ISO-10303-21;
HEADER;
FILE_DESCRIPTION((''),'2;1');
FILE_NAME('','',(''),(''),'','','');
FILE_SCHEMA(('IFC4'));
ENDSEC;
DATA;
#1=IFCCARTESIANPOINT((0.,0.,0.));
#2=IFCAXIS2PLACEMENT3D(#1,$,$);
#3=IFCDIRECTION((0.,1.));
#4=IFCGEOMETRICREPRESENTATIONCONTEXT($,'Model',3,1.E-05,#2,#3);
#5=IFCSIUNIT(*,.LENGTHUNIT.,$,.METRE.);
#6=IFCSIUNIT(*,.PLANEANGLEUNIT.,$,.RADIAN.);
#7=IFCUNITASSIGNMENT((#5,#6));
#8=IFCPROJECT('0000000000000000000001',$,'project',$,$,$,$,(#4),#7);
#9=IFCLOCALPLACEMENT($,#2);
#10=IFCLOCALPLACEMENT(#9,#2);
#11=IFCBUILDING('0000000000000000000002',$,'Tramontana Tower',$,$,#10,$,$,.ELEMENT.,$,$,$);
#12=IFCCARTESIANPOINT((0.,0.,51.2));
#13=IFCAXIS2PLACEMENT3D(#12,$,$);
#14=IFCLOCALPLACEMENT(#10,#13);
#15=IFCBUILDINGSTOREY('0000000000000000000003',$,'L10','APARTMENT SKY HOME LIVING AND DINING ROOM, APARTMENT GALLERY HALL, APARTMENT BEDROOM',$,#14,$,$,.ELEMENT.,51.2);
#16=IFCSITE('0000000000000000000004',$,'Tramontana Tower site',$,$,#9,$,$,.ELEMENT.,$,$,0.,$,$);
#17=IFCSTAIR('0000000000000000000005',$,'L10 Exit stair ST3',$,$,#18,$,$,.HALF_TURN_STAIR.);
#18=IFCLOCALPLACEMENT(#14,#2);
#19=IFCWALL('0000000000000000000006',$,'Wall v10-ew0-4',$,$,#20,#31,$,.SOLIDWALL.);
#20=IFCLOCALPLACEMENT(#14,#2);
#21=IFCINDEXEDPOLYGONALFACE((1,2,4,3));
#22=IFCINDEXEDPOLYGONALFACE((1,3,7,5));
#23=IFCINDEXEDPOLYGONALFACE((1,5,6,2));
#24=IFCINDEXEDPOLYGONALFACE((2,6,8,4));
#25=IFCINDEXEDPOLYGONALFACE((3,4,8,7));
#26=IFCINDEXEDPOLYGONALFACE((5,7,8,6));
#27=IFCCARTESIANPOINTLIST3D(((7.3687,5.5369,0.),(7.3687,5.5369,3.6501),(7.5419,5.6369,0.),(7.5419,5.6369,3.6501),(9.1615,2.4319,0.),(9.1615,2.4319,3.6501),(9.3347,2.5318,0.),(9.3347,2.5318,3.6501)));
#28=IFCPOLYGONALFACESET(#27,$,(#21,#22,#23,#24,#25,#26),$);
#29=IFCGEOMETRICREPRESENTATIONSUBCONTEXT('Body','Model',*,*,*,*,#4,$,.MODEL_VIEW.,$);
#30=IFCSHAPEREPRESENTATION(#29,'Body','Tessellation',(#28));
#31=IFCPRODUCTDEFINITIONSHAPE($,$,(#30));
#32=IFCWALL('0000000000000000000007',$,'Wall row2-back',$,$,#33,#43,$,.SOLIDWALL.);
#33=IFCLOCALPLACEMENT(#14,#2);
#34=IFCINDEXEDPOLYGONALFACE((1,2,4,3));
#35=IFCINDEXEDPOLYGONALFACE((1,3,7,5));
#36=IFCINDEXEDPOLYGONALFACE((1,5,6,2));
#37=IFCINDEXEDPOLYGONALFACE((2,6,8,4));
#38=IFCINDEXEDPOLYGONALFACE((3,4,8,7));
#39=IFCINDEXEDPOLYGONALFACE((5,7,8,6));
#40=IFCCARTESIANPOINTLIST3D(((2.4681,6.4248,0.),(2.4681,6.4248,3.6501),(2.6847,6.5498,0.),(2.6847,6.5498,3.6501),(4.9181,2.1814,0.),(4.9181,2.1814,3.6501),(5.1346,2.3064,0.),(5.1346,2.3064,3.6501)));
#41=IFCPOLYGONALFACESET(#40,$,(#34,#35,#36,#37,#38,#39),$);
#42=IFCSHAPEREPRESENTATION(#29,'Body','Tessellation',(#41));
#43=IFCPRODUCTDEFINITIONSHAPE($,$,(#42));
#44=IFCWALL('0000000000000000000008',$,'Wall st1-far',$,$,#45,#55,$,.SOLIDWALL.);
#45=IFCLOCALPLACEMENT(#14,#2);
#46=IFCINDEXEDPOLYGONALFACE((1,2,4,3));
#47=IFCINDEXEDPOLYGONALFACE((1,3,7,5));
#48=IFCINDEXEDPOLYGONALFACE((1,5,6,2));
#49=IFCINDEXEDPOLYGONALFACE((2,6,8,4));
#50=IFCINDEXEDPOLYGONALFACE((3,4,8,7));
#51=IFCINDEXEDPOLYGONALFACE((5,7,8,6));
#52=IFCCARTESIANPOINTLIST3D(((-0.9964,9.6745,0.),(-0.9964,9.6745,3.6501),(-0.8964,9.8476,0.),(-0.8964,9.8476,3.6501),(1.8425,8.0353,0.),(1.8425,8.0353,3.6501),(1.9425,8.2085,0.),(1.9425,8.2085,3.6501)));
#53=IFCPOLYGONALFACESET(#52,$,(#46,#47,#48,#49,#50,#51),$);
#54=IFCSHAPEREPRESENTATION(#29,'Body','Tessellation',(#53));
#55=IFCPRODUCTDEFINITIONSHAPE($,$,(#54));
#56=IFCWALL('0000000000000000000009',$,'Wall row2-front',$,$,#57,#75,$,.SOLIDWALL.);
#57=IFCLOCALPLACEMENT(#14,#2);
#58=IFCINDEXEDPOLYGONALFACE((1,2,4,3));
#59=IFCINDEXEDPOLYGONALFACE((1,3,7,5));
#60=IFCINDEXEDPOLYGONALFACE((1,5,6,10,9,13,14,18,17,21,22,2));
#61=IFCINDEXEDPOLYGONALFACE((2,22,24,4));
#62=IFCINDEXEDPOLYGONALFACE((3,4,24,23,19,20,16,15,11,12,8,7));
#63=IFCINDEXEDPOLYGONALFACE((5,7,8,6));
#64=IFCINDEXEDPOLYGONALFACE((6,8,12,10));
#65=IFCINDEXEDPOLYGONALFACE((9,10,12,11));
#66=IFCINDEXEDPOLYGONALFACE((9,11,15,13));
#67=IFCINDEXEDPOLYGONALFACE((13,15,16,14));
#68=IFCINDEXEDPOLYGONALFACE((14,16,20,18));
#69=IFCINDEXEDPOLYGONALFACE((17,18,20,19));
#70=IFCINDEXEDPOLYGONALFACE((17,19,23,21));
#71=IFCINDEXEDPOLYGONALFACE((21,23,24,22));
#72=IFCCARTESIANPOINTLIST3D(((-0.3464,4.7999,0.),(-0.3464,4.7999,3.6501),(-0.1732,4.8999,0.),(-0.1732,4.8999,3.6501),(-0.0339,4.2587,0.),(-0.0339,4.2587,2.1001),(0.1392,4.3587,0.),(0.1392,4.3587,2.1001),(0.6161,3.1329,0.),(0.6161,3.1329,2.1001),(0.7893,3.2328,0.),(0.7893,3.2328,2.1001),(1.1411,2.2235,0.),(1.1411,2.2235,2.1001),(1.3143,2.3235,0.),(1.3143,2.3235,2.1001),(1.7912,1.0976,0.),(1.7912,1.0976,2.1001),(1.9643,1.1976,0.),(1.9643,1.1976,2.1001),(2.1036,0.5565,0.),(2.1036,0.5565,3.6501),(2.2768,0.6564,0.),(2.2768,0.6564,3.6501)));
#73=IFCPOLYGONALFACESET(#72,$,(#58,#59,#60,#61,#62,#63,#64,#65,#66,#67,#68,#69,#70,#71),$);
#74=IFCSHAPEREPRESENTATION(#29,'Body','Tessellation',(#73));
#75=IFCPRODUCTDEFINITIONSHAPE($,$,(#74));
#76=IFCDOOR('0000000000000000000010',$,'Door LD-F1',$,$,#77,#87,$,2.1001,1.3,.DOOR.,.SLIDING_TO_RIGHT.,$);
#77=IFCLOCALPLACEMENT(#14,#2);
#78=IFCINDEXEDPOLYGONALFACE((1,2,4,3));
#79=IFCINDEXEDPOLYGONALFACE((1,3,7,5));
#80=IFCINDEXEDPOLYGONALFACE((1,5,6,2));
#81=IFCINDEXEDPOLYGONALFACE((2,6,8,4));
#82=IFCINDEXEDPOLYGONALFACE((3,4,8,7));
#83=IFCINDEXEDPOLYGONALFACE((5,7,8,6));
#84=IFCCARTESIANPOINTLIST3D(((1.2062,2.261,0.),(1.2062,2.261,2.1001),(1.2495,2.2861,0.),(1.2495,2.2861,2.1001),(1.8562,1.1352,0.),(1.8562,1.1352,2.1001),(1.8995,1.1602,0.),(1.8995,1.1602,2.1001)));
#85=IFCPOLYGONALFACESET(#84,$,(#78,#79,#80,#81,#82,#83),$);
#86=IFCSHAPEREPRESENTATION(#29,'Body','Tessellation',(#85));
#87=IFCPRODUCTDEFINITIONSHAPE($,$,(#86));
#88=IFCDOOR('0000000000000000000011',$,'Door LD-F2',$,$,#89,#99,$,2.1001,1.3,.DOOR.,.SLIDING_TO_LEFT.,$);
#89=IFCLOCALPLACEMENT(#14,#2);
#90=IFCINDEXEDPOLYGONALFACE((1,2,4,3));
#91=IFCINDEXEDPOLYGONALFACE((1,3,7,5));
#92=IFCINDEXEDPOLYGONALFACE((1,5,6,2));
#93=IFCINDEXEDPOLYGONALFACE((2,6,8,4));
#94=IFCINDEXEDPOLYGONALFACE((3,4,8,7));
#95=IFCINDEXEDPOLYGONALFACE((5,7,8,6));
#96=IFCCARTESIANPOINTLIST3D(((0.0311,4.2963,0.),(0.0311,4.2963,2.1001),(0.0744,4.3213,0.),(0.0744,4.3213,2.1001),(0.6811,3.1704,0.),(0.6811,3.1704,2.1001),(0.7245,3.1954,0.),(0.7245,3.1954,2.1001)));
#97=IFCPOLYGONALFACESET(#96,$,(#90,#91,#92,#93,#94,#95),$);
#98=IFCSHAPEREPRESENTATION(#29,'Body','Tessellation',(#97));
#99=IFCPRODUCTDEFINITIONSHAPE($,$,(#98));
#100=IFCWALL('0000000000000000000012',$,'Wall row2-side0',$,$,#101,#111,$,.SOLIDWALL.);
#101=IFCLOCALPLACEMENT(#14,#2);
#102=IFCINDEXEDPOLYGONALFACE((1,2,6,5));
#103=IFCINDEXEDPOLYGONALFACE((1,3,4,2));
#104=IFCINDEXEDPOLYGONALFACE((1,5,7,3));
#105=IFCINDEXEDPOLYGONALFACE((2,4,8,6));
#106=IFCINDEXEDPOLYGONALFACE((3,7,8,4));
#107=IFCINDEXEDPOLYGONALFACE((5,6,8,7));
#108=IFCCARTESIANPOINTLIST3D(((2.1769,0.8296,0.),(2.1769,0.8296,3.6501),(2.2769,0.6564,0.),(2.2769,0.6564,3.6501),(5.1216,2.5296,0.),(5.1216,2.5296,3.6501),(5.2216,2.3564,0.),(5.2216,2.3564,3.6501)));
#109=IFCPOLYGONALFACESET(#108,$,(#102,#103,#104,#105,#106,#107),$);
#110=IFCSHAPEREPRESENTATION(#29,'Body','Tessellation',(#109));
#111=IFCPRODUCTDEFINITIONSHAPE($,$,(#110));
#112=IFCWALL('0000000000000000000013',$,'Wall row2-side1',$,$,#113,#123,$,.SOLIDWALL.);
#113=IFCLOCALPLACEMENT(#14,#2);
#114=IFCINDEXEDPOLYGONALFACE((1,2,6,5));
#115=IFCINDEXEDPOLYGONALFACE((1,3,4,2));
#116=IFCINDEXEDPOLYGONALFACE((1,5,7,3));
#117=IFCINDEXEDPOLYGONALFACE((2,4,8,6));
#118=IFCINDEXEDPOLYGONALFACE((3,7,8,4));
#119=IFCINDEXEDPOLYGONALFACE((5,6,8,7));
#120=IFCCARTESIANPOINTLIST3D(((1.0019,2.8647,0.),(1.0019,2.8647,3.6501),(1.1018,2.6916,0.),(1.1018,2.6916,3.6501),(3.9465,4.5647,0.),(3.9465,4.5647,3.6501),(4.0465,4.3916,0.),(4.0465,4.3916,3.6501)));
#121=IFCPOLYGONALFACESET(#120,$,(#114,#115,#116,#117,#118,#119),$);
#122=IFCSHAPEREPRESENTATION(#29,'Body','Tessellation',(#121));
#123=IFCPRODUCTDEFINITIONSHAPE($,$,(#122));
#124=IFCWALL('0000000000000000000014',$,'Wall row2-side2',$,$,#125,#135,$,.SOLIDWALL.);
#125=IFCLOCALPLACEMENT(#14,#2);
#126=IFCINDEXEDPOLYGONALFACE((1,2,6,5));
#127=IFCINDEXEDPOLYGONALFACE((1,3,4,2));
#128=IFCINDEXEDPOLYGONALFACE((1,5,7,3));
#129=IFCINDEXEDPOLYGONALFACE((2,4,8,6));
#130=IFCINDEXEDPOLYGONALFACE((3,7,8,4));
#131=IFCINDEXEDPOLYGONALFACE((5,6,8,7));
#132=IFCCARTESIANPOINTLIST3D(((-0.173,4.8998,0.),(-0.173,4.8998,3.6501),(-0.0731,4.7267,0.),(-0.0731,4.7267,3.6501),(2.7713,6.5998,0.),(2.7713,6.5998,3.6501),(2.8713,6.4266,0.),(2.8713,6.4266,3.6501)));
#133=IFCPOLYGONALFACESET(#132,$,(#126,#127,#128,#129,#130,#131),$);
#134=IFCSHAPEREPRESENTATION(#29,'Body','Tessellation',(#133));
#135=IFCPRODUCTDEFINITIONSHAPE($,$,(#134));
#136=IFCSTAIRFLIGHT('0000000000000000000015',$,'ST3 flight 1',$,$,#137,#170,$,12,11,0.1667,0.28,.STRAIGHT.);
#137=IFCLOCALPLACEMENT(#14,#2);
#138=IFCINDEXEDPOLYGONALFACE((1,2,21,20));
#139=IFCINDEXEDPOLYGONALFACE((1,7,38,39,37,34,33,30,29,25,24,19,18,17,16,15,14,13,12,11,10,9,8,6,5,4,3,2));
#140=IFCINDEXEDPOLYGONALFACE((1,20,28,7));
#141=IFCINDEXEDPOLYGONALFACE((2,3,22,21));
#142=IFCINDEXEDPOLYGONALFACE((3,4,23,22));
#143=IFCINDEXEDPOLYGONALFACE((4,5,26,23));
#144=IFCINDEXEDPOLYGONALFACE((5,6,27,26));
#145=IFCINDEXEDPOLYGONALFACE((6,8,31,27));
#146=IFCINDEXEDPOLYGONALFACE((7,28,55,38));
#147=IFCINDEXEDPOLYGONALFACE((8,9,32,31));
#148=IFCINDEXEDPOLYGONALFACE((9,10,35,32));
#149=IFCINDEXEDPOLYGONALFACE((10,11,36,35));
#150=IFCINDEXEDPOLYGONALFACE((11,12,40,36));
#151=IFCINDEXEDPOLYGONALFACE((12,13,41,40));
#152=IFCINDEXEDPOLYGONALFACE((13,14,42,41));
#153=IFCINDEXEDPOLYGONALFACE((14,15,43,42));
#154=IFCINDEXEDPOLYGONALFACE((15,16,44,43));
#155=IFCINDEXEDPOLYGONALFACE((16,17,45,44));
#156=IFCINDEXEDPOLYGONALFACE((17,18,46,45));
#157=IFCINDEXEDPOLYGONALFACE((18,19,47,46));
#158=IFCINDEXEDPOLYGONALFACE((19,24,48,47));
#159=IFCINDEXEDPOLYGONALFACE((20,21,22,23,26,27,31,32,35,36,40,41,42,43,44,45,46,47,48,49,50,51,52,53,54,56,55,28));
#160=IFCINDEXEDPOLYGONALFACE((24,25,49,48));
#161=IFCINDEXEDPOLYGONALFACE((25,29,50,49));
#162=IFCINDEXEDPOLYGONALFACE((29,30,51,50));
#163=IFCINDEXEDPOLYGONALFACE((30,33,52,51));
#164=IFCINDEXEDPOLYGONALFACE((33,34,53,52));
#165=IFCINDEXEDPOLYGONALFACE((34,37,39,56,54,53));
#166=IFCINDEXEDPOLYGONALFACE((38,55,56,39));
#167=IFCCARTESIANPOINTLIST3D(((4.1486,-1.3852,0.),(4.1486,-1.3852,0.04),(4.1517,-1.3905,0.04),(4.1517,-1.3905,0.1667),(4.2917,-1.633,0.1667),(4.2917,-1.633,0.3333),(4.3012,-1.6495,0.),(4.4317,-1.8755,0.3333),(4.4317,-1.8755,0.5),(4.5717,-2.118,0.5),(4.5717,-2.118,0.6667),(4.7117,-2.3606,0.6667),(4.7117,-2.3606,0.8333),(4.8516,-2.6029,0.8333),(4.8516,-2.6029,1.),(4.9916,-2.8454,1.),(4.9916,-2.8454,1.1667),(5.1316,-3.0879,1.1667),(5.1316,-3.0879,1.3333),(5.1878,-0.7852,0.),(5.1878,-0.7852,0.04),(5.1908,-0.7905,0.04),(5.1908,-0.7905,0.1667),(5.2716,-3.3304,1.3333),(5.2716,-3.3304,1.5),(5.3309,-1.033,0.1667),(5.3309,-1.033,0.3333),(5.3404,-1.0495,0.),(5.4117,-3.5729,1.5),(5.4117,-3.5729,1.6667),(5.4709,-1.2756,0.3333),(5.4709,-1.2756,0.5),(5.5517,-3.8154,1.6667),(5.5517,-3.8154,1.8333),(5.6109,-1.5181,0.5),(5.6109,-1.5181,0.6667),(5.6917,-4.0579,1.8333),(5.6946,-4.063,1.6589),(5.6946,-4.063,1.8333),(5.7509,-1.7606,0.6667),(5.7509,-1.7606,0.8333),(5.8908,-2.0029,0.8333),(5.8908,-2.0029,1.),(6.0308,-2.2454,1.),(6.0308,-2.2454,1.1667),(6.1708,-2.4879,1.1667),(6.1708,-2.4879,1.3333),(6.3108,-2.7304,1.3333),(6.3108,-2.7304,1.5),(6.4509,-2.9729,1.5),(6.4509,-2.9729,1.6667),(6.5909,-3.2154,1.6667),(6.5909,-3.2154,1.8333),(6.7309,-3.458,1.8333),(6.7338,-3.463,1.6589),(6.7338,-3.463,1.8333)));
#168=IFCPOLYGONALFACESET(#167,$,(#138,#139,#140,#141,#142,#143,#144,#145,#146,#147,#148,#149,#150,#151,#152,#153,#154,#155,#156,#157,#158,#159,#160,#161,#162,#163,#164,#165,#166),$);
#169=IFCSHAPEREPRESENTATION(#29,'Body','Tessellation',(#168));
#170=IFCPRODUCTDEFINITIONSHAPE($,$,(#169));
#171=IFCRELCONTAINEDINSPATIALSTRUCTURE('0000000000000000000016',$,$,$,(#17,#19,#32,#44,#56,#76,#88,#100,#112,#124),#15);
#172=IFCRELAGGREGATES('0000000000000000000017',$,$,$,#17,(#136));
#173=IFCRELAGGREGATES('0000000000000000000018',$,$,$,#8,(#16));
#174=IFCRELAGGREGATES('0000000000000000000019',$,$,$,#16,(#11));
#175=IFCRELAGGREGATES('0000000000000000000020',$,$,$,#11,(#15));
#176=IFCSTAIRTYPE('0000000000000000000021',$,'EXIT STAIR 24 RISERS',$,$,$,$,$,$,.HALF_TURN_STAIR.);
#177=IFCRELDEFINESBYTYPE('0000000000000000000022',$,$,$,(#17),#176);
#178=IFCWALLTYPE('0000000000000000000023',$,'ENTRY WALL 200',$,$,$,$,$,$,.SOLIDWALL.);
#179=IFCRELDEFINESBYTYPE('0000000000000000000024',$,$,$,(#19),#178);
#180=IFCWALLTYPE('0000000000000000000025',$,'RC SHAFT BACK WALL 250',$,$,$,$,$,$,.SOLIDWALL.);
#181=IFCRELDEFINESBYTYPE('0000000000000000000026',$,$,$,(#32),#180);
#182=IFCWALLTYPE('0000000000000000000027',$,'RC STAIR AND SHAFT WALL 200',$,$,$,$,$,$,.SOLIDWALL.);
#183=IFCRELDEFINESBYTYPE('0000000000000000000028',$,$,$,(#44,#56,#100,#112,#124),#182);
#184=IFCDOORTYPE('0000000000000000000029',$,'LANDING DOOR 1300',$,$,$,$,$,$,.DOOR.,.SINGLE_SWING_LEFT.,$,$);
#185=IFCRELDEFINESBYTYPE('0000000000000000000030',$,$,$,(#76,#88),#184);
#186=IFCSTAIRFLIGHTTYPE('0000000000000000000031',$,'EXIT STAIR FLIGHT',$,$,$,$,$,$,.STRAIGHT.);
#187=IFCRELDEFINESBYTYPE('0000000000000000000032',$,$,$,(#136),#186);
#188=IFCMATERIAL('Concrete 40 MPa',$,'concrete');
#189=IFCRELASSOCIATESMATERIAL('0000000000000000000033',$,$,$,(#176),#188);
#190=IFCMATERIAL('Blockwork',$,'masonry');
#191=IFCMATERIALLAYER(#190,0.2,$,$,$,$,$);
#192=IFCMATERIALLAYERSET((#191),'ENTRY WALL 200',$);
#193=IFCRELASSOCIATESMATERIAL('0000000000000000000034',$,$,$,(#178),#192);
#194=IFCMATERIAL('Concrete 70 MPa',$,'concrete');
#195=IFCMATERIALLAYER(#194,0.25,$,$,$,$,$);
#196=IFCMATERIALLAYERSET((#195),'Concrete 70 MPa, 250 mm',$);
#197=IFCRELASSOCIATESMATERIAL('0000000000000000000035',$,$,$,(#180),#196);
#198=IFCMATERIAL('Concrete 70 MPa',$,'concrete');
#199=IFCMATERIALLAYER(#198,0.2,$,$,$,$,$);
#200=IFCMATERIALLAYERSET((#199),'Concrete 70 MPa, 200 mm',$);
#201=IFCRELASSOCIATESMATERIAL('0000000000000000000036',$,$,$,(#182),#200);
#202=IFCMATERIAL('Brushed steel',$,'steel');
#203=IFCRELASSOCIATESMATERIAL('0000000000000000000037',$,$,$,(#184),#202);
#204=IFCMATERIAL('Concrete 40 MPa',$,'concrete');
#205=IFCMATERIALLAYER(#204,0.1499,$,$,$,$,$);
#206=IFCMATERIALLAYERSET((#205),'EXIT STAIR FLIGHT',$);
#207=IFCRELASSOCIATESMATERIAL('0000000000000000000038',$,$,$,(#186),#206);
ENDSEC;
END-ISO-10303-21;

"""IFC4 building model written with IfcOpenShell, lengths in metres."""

from ifc_helpers import new_model, si_unit, direction, frame, frame_2d, origin, place, context, subcontext, project, spatial, polyline, rectangle, outline, extrude, material, layer, layer_set, type_object, element, fill, aggregate, save


model = new_model("IFC4")

# Units and contexts
model_context = context("Model", 3, precision=1e-05, world=origin(), true_north=direction((0.0, 1.0)))
body_context = subcontext(model_context, "Body", "Model", "MODEL_VIEW")
ifc_project = project(units=[si_unit("LENGTHUNIT", "METRE"), si_unit("PLANEANGLEUNIT", "RADIAN")], contexts=[model_context])

# Site, building, storey
site_placement = place(None, origin())
site = spatial("IfcSite", under=ifc_project, at=site_placement, Name="Tramontana Tower site", CompositionType="ELEMENT", RefElevation=0.0)
building_placement = place(site_placement, origin())
building = spatial("IfcBuilding", under=site, at=building_placement, Name="Tramontana Tower", CompositionType="ELEMENT")
storey_placement = place(building_placement, frame((0.0, 0.0, 51.2)))
storey = spatial("IfcBuildingStorey", under=building, at=storey_placement, Name="L10", Description="APARTMENT SKY HOME LIVING AND DINING ROOM, APARTMENT GALLERY HALL, APARTMENT BEDROOM", CompositionType="ELEMENT", Elevation=51.2)

# Stair
ifc_material_1 = material(Name="Concrete 40 MPa", Category="concrete")
stair_type = type_object("IfcStairType", Name="EXIT STAIR 24 RISERS", PredefinedType="HALF_TURN_STAIR", material=ifc_material_1)
stair_1_placement = place(storey_placement, origin())
stair_1 = element("IfcStair", 1, at=stair_1_placement, inside=storey, type_object=stair_type, Name="L10 Exit stair ST3", PredefinedType="HALF_TURN_STAIR")

# Walls
ifc_material_2 = material(Name="Blockwork", Category="masonry")
ifc_layer_1 = layer(ifc_material_2, 0.2)
ifc_layer_set_1 = layer_set([ifc_layer_1], Name="ENTRY WALL 200")
wall_type_1 = type_object("IfcWallType", Name="ENTRY WALL 200", PredefinedType="SOLIDWALL", material=ifc_layer_set_1)
wall_1_placement = place(storey_placement, frame((7.4553, 5.5869, 0.0), z_axis=(0.0, 0.0, 1.0), x_axis=(0.500013, -0.866018, 0.0)))
element("IfcWall", 2, at=wall_1_placement, inside=storey, type_object=wall_type_1, Name="Wall v10-ew0-4", PredefinedType="SOLIDWALL", context=body_context, shape_type="SweptSolid", body=[
    extrude(rectangle(XDim=3.5854, YDim=0.2, at=frame_2d((1.7927, 0.0))), origin(), (0.0, 0.0, 1.0), 3.6501),
])
ifc_material_3 = material(Name="Concrete 70 MPa", Category="concrete")
ifc_layer_2 = layer(ifc_material_3, 0.25)
ifc_layer_set_2 = layer_set([ifc_layer_2], Name="Concrete 70 MPa, 250 mm")
wall_type_2 = type_object("IfcWallType", Name="RC SHAFT BACK WALL 250", PredefinedType="SOLIDWALL", material=ifc_layer_set_2)
wall_2_placement = place(storey_placement, frame((5.0264, 2.2439, 0.0), z_axis=(0.0, 0.0, 1.0), x_axis=(-0.500003, 0.866024, 0.0)))
element("IfcWall", 3, at=wall_2_placement, inside=storey, type_object=wall_type_2, Name="Wall row2-back", PredefinedType="SOLIDWALL", context=body_context, shape_type="SweptSolid", body=[
    extrude(rectangle(XDim=4.8999, YDim=0.25, at=frame_2d((2.45, 0.0))), origin(), (0.0, 0.0, 1.0), 3.6501),
])
ifc_material_4 = material(Name="Concrete 70 MPa", Category="concrete")
ifc_layer_3 = layer(ifc_material_4, 0.2)
ifc_layer_set_3 = layer_set([ifc_layer_3], Name="Concrete 70 MPa, 200 mm")
wall_type_3 = type_object("IfcWallType", Name="RC STAIR AND SHAFT WALL 200", PredefinedType="SOLIDWALL", material=ifc_layer_set_3)
wall_3_placement = place(storey_placement, frame((1.8926, 8.1218, 0.0), z_axis=(0.0, 0.0, 1.0), x_axis=(-0.866007, 0.500032, 0.0)))
element("IfcWall", 4, at=wall_3_placement, inside=storey, type_object=wall_type_3, Name="Wall st1-far", PredefinedType="SOLIDWALL", context=body_context, shape_type="SweptSolid", body=[
    extrude(rectangle(XDim=3.2781, YDim=0.2, at=frame_2d((1.6392, 0.0))), origin(), (0.0, 0.0, 1.0), 3.6501),
])

# Wall, openings, doors
wall_4_placement = place(storey_placement, frame((2.1902, 0.6064, 0.0), z_axis=(0.0, 0.0, 1.0), x_axis=(-0.500003, 0.866024, 0.0)))
wall_4 = element("IfcWall", 5, at=wall_4_placement, inside=storey, type_object=wall_type_3, Name="Wall row2-front", PredefinedType="SOLIDWALL", context=body_context, shape_type="SweptSolid", body=[
    extrude(rectangle(XDim=4.8999, YDim=0.2, at=frame_2d((2.45, 0.0))), origin(), (0.0, 0.0, 1.0), 3.6501),
])
opening_1_placement = place(wall_4_placement, frame((0.625, 0.0, 0.0)))
opening_1 = element("IfcOpeningElement", 6, at=opening_1_placement, cuts=wall_4, PredefinedType="OPENING", context=body_context, shape_type="SweptSolid", body=[
    extrude(rectangle(XDim=1.3, YDim=2.1001, at=frame_2d((0.6499, 1.05))), frame((0.0, 0.1099, 0.0), z_axis=(0.0, -1.0, 0.0), x_axis=(1.0, 0.0, 0.0)), (0.0, 0.0, 1.0), 0.22),
])
opening_2_placement = place(wall_4_placement, frame((2.9751, 0.0, 0.0)))
opening_2 = element("IfcOpeningElement", 7, at=opening_2_placement, cuts=wall_4, PredefinedType="OPENING", context=body_context, shape_type="SweptSolid", body=[
    extrude(rectangle(XDim=1.3, YDim=2.1001, at=frame_2d((0.6499, 1.05))), frame((0.0, 0.1099, 0.0), z_axis=(0.0, -1.0, 0.0), x_axis=(1.0, 0.0, 0.0)), (0.0, 0.0, 1.0), 0.22),
])
ifc_material_5 = material(Name="Brushed steel", Category="steel")
door_type_1 = type_object("IfcDoorType", Name="LANDING DOOR 1300", OperationType="SINGLE_SWING_LEFT", PredefinedType="DOOR", material=ifc_material_5)
door_1_placement = place(opening_1_placement, origin())
door_1 = element("IfcDoor", 8, at=door_1_placement, inside=storey, type_object=door_type_1, Name="Door LD-F1", OperationType="SLIDING_TO_RIGHT", OverallHeight=2.1001, OverallWidth=1.3, PredefinedType="DOOR", context=body_context, shape_type="SweptSolid", body=[
    extrude(rectangle(XDim=1.3, YDim=2.1001, at=frame_2d((0.6499, 1.05))), frame((0.0, 0.0249, 0.0), z_axis=(0.0, -1.0, 0.0), x_axis=(1.0, 0.0, 0.0)), (0.0, 0.0, 1.0), 0.05),
])
fill(opening_1, door_1)
door_2_placement = place(opening_2_placement, origin())
door_2 = element("IfcDoor", 9, at=door_2_placement, inside=storey, type_object=door_type_1, Name="Door LD-F2", OperationType="SLIDING_TO_LEFT", OverallHeight=2.1001, OverallWidth=1.3, PredefinedType="DOOR", context=body_context, shape_type="SweptSolid", body=[
    extrude(rectangle(XDim=1.3, YDim=2.1001, at=frame_2d((0.6499, 1.05))), frame((0.0, 0.0249, 0.0), z_axis=(0.0, -1.0, 0.0), x_axis=(1.0, 0.0, 0.0)), (0.0, 0.0, 1.0), 0.05),
])
fill(opening_2, door_2)

# Walls
for number, where, z_axis, x_axis, name in (
    (10, (2.2268, 0.7429, 0.0), (0.0, 0.0, 1.0), (0.866039, 0.499977, 0.0), "Wall row2-side0"),
    (11, (1.0518, 2.7781, 0.0), (0.0, 0.0, 1.0), (0.866039, 0.499977, 0.0), "Wall row2-side1"),
):
    element("IfcWall", number, at=place(storey_placement, frame(where, z_axis=z_axis, x_axis=x_axis)), inside=storey, type_object=wall_type_3, Name=name, PredefinedType="SOLIDWALL", context=body_context, shape_type="SweptSolid", body=[
        extrude(rectangle(XDim=3.4001, YDim=0.2, at=frame_2d((1.7002, 0.0))), origin(), (0.0, 0.0, 1.0), 3.6501),
    ])
wall_5_placement = place(storey_placement, frame((-0.123, 4.8132, 0.0), z_axis=(0.0, 0.0, 1.0), x_axis=(0.866021, 0.500008, 0.0)))
element("IfcWall", 12, at=wall_5_placement, inside=storey, type_object=wall_type_3, Name="Wall row2-side2", PredefinedType="SOLIDWALL", context=body_context, shape_type="SweptSolid", body=[
    extrude(rectangle(XDim=3.3999, YDim=0.2, at=frame_2d((1.7, 0.0))), origin(), (0.0, 0.0, 1.0), 3.6501),
])

# Stair flight
ifc_material_6 = material(Name="Concrete 40 MPa", Category="concrete")
ifc_layer_4 = layer(ifc_material_6, 0.1499)
ifc_layer_set_4 = layer_set([ifc_layer_4], Name="EXIT STAIR FLIGHT")
stair_flight_type = type_object("IfcStairFlightType", Name="EXIT STAIR FLIGHT", PredefinedType="STRAIGHT", material=ifc_layer_set_4)
stair_flight_placement = place(storey_placement, frame((4.6711, -1.0906, 0.0), z_axis=(0.0, 0.0, 1.0), x_axis=(0.5, -0.866025, 0.0)))
stair_flight = element("IfcStairFlight", 13, at=stair_flight_placement, type_object=stair_flight_type, Name="ST3 flight 1", NumberOfRisers=12, NumberOfTreads=11, PredefinedType="STRAIGHT", RiserHeight=0.1667, TreadLength=0.28, context=body_context, shape_type="SweptSolid", body=[
    extrude(outline(polyline([(-0.0061, 0.0), (-0.0061, 0.04), (0.0, 0.04), (0.0, 0.1667), (0.28, 0.1667), (0.28, 0.3333), (0.5601, 0.3333), (0.5601, 0.5), (0.8401, 0.5), (0.8401, 0.6667), (1.1201, 0.6667), (1.1201, 0.8333), (1.3999, 0.8333), (1.3999, 1.0), (1.6799, 1.0), (1.6799, 1.1667), (1.96, 1.1667), (1.96, 1.3333), (2.24, 1.3333), (2.24, 1.5), (2.52, 1.5), (2.52, 1.6667), (2.8, 1.6667), (2.8, 1.8333), (3.0801, 1.8333), (3.0859, 1.8333), (3.0859, 1.6589), (0.2991, 0.0), (-0.0061, 0.0)])), frame((0.0, 0.6001, 0.0), z_axis=(0.0, -1.0, 0.0), x_axis=(1.0, 0.0, 0.0)), (0.0, 0.0, 1.0), 1.2),
])
aggregate(stair_1, [stair_flight])

save(model, "model.ifc")
